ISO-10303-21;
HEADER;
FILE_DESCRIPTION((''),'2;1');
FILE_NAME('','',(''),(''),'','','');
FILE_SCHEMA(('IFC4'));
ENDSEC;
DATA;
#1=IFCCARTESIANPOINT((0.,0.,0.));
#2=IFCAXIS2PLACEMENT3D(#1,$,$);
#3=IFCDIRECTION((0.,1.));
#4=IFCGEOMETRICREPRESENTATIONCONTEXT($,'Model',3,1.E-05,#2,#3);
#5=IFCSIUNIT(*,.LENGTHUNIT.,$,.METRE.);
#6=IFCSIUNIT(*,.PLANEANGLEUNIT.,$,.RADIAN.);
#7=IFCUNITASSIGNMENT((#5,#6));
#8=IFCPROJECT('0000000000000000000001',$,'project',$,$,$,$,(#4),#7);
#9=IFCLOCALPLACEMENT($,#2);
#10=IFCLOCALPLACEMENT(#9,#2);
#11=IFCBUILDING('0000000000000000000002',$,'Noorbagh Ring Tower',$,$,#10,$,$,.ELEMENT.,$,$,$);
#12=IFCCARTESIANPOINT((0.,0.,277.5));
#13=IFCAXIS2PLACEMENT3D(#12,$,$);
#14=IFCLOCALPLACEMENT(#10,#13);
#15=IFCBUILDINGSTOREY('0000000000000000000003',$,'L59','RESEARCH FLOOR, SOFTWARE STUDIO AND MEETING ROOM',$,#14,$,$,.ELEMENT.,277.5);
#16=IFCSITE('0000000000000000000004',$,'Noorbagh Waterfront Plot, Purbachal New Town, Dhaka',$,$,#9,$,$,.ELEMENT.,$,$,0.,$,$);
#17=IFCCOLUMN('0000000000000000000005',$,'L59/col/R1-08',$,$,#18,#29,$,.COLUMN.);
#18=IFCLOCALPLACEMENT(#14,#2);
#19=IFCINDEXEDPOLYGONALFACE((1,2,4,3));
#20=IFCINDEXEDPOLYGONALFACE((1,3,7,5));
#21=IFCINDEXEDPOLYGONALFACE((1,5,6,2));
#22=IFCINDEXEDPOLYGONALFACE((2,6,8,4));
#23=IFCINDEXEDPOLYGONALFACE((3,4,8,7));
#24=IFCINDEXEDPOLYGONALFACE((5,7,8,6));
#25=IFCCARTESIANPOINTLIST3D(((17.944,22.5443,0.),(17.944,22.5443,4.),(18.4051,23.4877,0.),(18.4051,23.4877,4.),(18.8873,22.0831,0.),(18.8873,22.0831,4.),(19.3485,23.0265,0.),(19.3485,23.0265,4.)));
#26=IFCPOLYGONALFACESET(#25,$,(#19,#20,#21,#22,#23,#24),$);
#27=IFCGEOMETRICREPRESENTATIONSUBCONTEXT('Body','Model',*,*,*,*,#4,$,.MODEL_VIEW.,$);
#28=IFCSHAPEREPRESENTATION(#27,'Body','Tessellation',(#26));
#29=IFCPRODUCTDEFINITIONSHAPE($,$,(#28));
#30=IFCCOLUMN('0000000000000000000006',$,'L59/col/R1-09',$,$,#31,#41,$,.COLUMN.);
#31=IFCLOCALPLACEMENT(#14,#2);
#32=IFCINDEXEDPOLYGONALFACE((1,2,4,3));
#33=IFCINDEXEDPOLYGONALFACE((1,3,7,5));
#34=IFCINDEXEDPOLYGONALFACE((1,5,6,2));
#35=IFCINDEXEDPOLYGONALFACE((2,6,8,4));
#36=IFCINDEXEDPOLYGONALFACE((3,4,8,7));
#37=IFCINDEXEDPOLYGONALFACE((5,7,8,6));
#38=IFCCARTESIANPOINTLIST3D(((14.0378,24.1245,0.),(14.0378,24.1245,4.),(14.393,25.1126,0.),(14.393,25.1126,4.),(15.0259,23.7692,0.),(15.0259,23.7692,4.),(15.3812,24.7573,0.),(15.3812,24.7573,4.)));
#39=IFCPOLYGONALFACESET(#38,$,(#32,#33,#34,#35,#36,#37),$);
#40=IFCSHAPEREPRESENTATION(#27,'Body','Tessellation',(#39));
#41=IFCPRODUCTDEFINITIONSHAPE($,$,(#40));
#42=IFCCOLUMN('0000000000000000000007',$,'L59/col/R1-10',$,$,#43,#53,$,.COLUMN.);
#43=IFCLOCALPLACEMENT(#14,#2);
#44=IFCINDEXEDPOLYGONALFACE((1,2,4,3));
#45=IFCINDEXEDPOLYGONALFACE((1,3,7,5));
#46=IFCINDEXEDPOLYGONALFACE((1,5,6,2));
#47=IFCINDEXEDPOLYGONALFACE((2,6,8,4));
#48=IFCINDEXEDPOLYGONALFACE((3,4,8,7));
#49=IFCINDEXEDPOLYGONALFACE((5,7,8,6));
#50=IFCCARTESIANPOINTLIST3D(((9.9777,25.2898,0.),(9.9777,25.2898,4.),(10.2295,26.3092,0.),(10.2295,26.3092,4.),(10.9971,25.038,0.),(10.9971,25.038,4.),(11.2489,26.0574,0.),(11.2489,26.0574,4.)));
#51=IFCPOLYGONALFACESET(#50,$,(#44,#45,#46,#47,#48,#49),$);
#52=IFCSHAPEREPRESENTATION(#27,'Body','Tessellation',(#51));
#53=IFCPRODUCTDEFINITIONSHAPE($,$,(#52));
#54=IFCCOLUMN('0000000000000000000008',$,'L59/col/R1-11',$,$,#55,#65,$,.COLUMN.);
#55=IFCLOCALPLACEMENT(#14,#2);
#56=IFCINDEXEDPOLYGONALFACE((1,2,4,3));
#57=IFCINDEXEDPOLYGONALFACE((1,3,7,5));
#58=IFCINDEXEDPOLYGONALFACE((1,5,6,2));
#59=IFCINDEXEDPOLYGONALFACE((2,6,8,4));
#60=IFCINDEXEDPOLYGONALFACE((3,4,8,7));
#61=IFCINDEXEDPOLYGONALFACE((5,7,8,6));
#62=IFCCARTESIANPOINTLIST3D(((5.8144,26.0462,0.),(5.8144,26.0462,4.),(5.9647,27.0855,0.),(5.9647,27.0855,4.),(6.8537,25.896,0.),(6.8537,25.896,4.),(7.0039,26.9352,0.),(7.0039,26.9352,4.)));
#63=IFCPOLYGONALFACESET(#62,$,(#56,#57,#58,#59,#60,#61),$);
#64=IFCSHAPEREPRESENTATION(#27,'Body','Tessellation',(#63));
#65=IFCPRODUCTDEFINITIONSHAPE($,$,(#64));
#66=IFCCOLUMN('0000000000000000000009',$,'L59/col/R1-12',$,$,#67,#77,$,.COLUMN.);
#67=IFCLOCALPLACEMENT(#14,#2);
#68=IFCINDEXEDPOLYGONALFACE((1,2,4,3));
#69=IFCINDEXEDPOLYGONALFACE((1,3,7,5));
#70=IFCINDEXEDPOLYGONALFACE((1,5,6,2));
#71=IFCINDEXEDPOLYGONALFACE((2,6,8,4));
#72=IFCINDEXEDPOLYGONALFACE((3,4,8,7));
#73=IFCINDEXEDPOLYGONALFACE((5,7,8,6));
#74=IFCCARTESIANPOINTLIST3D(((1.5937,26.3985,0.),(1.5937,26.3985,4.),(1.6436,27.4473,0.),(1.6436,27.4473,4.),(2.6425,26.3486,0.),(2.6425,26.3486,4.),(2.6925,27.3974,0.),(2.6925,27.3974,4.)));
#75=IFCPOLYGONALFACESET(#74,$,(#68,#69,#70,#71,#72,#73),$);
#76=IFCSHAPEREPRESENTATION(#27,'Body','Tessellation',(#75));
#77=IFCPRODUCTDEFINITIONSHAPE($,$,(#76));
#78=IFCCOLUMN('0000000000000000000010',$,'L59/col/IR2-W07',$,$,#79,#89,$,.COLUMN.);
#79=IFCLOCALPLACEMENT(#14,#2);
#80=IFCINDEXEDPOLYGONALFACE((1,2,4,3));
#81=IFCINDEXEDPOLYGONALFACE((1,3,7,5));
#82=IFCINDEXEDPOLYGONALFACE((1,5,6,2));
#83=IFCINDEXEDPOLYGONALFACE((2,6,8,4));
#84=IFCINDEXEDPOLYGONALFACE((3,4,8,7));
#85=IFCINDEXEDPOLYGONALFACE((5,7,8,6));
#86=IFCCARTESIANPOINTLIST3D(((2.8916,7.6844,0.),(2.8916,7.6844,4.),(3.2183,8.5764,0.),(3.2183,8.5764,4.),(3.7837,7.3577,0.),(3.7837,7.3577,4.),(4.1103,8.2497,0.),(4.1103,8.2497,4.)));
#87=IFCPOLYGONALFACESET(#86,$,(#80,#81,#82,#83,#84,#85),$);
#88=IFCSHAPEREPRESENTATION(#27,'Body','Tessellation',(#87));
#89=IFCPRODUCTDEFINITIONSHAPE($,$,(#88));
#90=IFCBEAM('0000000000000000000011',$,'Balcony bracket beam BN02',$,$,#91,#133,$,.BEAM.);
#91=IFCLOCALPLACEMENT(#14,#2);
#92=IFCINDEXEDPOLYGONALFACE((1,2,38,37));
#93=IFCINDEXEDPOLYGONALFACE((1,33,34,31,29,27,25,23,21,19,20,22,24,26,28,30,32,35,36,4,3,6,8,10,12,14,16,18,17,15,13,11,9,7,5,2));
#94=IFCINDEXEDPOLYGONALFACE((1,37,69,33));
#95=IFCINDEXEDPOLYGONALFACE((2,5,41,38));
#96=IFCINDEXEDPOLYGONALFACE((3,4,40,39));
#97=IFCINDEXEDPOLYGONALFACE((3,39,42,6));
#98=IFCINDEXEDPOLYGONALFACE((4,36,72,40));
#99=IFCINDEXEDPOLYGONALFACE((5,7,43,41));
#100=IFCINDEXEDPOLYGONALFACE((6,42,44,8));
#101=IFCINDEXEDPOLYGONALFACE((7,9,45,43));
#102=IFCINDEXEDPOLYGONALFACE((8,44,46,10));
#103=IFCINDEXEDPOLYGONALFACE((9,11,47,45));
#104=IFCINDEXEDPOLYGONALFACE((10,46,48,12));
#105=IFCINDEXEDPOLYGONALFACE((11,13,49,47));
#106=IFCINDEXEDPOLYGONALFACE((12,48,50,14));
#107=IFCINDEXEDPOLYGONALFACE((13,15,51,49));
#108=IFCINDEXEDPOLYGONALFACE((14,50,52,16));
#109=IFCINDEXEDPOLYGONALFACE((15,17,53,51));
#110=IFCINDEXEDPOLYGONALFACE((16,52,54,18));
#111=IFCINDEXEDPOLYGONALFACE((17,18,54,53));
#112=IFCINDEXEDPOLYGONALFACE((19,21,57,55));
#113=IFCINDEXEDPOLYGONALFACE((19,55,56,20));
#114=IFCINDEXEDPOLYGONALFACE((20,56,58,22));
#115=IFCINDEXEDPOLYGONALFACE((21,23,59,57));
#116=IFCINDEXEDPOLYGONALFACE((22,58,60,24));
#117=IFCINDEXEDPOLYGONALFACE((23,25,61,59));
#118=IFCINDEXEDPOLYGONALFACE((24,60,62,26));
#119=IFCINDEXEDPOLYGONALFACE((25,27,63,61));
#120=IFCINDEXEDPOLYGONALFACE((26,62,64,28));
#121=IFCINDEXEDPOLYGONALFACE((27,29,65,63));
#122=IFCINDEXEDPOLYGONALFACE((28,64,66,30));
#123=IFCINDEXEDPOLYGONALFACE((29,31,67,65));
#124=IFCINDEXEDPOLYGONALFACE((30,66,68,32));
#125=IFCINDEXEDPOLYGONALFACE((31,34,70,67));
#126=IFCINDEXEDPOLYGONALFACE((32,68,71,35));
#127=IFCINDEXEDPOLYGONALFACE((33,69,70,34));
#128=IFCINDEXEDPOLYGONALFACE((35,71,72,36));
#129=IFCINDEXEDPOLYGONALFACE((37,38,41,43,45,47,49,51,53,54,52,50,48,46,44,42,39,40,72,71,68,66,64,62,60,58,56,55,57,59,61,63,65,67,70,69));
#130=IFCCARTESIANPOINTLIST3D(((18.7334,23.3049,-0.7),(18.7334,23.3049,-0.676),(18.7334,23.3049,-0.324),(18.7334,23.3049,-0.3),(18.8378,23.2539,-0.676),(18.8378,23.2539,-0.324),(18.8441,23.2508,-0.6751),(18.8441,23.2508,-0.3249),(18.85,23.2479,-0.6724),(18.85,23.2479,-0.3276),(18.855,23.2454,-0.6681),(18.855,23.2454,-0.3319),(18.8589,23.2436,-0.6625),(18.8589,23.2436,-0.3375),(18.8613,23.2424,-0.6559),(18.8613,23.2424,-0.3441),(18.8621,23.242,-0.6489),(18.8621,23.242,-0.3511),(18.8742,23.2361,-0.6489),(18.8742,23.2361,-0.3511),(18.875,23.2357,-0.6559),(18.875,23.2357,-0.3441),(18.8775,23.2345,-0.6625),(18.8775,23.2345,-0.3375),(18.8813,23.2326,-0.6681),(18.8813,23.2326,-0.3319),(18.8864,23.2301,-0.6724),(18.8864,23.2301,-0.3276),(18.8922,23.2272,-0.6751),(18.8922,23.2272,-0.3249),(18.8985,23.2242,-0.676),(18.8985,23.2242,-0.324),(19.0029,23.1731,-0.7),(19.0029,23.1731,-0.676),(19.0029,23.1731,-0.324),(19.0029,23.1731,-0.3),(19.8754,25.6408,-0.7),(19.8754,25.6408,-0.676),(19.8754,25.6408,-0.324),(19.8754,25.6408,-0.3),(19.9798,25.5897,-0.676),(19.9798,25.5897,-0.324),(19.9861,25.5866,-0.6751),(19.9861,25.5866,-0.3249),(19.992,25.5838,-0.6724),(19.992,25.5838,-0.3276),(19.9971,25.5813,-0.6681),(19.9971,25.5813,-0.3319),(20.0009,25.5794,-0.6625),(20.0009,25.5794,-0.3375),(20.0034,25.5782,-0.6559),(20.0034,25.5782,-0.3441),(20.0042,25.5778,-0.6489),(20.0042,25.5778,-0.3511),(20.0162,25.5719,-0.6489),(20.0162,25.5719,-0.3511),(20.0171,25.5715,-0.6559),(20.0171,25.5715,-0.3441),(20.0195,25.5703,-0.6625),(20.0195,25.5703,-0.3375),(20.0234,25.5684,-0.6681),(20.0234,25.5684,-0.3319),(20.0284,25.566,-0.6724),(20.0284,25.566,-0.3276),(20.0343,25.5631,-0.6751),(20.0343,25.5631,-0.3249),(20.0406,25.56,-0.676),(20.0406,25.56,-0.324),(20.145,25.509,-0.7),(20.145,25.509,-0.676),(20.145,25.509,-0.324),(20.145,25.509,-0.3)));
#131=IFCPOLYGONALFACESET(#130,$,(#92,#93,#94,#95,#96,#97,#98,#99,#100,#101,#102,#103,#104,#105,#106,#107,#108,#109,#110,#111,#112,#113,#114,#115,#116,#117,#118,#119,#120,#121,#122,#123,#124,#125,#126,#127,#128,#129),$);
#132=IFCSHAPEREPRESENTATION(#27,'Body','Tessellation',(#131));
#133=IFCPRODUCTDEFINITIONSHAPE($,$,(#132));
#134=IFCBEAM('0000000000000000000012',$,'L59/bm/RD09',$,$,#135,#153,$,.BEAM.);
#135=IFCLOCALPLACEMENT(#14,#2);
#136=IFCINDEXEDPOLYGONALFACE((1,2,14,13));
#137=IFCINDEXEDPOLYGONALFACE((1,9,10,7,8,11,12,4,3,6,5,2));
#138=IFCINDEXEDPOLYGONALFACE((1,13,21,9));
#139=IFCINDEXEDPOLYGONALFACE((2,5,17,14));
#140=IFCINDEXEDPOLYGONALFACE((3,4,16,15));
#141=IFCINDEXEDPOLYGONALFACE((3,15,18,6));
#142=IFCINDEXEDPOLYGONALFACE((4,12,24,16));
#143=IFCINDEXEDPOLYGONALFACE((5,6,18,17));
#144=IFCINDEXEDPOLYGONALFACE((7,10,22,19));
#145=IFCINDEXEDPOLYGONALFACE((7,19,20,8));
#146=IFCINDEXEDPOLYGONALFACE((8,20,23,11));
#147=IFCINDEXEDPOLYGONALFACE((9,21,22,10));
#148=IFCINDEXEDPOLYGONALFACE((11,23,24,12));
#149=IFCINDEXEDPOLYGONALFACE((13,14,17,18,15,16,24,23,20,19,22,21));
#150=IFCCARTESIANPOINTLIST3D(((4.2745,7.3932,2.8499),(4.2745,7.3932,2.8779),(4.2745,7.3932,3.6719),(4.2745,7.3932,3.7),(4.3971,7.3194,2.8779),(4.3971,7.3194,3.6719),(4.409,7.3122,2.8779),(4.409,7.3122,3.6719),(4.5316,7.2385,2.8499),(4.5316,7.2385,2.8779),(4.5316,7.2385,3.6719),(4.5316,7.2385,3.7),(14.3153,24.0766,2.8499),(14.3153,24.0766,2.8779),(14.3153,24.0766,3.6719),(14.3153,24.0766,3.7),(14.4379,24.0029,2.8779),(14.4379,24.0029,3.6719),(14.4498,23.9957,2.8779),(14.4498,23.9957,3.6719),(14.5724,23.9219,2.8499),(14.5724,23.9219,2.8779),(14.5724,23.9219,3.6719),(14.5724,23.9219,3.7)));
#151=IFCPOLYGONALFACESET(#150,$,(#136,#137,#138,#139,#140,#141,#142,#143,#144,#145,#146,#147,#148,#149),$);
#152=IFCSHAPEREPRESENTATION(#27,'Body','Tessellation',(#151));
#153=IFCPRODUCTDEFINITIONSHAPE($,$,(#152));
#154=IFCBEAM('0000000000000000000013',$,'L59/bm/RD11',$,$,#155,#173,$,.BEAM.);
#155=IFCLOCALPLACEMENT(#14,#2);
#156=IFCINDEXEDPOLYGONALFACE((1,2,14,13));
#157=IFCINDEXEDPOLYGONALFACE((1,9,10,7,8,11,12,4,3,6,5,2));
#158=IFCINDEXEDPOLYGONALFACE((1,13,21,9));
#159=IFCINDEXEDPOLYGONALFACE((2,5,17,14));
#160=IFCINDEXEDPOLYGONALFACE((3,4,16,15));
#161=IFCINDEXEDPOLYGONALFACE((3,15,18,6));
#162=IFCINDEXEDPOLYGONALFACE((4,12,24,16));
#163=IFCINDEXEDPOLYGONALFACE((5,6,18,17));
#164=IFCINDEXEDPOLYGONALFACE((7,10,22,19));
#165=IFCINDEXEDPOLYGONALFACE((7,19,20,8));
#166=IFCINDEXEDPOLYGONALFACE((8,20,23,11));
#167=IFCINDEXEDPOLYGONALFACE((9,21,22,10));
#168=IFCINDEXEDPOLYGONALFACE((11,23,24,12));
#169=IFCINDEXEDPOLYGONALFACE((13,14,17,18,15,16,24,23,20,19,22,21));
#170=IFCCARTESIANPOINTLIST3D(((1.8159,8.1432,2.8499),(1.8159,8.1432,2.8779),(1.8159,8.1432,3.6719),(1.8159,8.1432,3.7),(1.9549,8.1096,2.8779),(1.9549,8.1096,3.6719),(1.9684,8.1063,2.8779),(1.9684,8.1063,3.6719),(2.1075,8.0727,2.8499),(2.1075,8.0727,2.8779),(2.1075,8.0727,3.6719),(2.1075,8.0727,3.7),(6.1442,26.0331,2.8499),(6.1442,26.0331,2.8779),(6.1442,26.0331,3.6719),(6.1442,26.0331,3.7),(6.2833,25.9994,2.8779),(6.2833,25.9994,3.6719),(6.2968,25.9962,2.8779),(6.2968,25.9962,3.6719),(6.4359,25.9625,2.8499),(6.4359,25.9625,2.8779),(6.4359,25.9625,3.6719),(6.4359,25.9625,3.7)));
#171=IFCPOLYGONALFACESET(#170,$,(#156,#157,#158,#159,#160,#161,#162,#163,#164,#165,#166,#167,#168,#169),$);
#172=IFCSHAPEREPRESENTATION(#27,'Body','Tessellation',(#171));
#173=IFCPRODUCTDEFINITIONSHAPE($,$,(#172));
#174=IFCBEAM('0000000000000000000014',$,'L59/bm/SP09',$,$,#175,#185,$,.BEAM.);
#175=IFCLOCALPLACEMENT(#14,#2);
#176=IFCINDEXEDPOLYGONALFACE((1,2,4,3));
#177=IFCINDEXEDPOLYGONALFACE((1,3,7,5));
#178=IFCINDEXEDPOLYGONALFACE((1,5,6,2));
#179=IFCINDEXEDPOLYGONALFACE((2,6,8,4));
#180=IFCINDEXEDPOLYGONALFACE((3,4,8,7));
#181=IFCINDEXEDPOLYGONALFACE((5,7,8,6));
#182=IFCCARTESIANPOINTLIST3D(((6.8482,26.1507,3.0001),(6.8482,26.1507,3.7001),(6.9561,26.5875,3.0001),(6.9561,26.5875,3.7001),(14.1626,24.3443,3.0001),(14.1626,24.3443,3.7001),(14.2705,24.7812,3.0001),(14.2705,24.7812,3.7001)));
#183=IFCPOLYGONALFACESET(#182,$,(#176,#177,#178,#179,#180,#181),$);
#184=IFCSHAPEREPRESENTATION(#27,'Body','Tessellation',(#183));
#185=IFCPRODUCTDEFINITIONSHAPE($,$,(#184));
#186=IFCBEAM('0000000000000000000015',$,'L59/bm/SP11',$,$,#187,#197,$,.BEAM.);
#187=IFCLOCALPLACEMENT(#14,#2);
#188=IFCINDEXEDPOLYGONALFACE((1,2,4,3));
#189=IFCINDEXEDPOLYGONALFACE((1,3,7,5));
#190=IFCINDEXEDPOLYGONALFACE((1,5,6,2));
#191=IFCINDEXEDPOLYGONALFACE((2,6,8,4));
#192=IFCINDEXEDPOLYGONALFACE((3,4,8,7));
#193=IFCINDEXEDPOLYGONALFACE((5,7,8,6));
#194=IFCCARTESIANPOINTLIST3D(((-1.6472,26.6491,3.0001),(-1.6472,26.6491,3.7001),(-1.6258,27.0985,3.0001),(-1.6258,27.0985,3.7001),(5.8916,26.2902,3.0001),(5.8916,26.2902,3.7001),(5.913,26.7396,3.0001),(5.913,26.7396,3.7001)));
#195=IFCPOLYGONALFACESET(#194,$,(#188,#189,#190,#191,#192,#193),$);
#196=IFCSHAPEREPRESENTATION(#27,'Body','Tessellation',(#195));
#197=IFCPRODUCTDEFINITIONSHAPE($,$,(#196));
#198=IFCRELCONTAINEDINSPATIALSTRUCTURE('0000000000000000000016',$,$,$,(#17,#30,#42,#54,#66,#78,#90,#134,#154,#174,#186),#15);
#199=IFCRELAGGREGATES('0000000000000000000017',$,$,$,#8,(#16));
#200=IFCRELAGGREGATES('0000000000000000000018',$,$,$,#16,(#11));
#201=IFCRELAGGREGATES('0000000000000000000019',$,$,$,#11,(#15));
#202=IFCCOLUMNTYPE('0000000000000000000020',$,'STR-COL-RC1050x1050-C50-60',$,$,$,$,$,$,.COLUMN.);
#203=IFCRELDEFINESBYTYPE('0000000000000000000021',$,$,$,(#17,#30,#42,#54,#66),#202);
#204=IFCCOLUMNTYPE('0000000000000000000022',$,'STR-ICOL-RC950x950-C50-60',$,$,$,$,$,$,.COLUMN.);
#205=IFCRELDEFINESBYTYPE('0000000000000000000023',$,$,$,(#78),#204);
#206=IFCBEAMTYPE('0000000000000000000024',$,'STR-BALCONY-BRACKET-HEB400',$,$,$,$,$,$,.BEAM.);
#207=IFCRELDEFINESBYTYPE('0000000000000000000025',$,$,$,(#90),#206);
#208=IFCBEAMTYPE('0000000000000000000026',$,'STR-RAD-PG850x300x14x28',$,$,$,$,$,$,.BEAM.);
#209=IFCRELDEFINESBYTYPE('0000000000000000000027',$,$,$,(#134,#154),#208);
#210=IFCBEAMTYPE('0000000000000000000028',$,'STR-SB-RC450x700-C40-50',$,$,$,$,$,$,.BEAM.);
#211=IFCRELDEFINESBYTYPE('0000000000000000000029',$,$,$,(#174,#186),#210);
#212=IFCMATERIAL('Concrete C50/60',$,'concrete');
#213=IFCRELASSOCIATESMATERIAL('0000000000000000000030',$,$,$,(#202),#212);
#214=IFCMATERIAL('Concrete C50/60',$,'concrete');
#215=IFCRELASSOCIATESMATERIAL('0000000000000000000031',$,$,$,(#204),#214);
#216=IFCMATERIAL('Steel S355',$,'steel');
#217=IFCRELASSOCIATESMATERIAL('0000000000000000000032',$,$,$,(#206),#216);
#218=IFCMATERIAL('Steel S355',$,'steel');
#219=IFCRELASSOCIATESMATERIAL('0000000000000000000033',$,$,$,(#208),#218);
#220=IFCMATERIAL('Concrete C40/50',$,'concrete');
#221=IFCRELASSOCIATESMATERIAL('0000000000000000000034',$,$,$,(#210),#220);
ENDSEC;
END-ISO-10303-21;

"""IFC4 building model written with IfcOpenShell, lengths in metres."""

from ifc_helpers import new_model, si_unit, direction, frame, origin, origin_2d, place, context, subcontext, project, spatial, rectangle, i_section, extrude, material, material_profile, profile_set, type_object, element, save


model = new_model("IFC4")

# Units and contexts
model_context = context("Model", 3, precision=1e-05, world=origin(), true_north=direction((0.0, 1.0)))
body_context = subcontext(model_context, "Body", "Model", "MODEL_VIEW")
ifc_project = project(units=[si_unit("LENGTHUNIT", "METRE"), si_unit("PLANEANGLEUNIT", "RADIAN")], contexts=[model_context])

# Site, building, storey
site_placement = place(None, origin())
site = spatial("IfcSite", under=ifc_project, at=site_placement, Name="Noorbagh Waterfront Plot, Purbachal New Town, Dhaka", CompositionType="ELEMENT", RefElevation=0.0)
building_placement = place(site_placement, origin())
building = spatial("IfcBuilding", under=site, at=building_placement, Name="Noorbagh Ring Tower", CompositionType="ELEMENT")
storey_placement = place(building_placement, frame((0.0, 0.0, 277.5)))
storey = spatial("IfcBuildingStorey", under=building, at=storey_placement, Name="L59", Description="RESEARCH FLOOR, SOFTWARE STUDIO AND MEETING ROOM", CompositionType="ELEMENT", Elevation=277.5)

# Columns
ifc_material_1 = material(Name="Concrete C50/60", Category="concrete")
ifc_material_profile_1 = material_profile(ifc_material_1, rectangle(XDim=1.05, YDim=1.05, at=origin_2d()), Name="RC1050x1050")
ifc_profile_set_1 = profile_set([ifc_material_profile_1], Name="Concrete C50/60")
column_type_1 = type_object("IfcColumnType", Name="STR-COL-RC1050x1050-C50-60", PredefinedType="COLUMN", material=ifc_profile_set_1)
for number, where, z_axis, x_axis, name in (
    (1, (18.6462, 22.7854, 0.0), (0.0, 0.0, 1.0), (-0.898399, 0.43918, 0.0), "L59/col/R1-08"),
    (2, (14.7095, 24.4409, 0.0), (0.0, 0.0, 1.0), (-0.941025, 0.338338, 0.0), "L59/col/R1-09"),
    (3, (10.6133, 25.6736, 0.0), (0.0, 0.0, 1.0), (-0.970829, 0.239771, 0.0), "L59/col/R1-10"),
    (4, (6.4092, 26.4907, 0.0), (0.0, 0.0, 1.0), (-0.989713, 0.143066, 0.0), "L59/col/R1-11"),
    (5, (2.1431, 26.8979, 0.0), (0.0, 0.0, 1.0), (-0.998869, 0.047553, 0.0), "L59/col/R1-12"),
):
    element("IfcColumn", number, at=place(storey_placement, frame(where, z_axis=z_axis, x_axis=x_axis)), inside=storey, type_object=column_type_1, Name=name, PredefinedType="COLUMN", context=body_context, shape_type="SweptSolid", body=[
        extrude(rectangle(XDim=1.05, YDim=1.05, at=origin_2d()), origin(), (0.0, 0.0, 1.0), 4.0),
    ])
ifc_material_2 = material(Name="Concrete C50/60", Category="concrete")
ifc_material_profile_2 = material_profile(ifc_material_2, rectangle(XDim=0.95, YDim=0.95, at=origin_2d()), Name="RC950x950")
ifc_profile_set_2 = profile_set([ifc_material_profile_2], Name="Concrete C50/60")
column_type_2 = type_object("IfcColumnType", Name="STR-ICOL-RC950x950-C50-60", PredefinedType="COLUMN", material=ifc_profile_set_2)
column_placement = place(storey_placement, frame((3.501, 7.967, 0.0), z_axis=(0.0, 0.0, 1.0), x_axis=(-0.93902, 0.343864, 0.0)))
element("IfcColumn", 6, at=column_placement, inside=storey, type_object=column_type_2, Name="L59/col/IR2-W07", PredefinedType="COLUMN", context=body_context, shape_type="SweptSolid", body=[
    extrude(rectangle(XDim=0.95, YDim=0.95, at=origin_2d()), origin(), (0.0, 0.0, 1.0), 4.0),
])

# Beams
ifc_material_3 = material(Name="Steel S355", Category="steel")
ifc_material_profile_3 = material_profile(ifc_material_3, i_section(OverallWidth=0.3, OverallDepth=0.3999, WebThickness=0.0134, FlangeThickness=0.0239, FilletRadius=0.0271, at=origin_2d()), Name="HEB400")
ifc_profile_set_3 = profile_set([ifc_material_profile_3], Name="Steel S355")
beam_type_1 = type_object("IfcBeamType", Name="STR-BALCONY-BRACKET-HEB400", PredefinedType="BEAM", material=ifc_profile_set_3)
beam_1_placement = place(storey_placement, frame((18.8682, 23.239, -0.5), z_axis=(0.439234, 0.898373, 0.0), x_axis=(-0.898373, 0.439234, 0.0)))
element("IfcBeam", 7, at=beam_1_placement, inside=storey, type_object=beam_type_1, Name="Balcony bracket beam BN02", PredefinedType="BEAM", context=body_context, shape_type="SweptSolid", body=[
    extrude(i_section(OverallWidth=0.3, OverallDepth=0.3999, WebThickness=0.0134, FlangeThickness=0.0239, FilletRadius=0.0271, at=origin_2d()), origin(), (0.0, 0.0, 1.0), 2.6001),
])
ifc_material_4 = material(Name="Steel S355", Category="steel")
ifc_material_profile_4 = material_profile(ifc_material_4, i_section(OverallWidth=0.3, OverallDepth=0.8501, WebThickness=0.0139, FlangeThickness=0.0281, at=origin_2d()), Name="PG850x300x14x28")
ifc_profile_set_4 = profile_set([ifc_material_profile_4], Name="Steel S355")
beam_type_2 = type_object("IfcBeamType", Name="STR-RAD-PG850x300x14x28", PredefinedType="BEAM", material=ifc_profile_set_4)
beam_2_placement = place(storey_placement, frame((14.4438, 23.9993, 3.2749), z_axis=(-0.515657, -0.856795, 0.0), x_axis=(0.856795, -0.515657, 0.0)))
element("IfcBeam", 8, at=beam_2_placement, inside=storey, type_object=beam_type_2, Name="L59/bm/RD09", PredefinedType="BEAM", context=body_context, shape_type="SweptSolid", body=[
    extrude(i_section(OverallWidth=0.3, OverallDepth=0.8501, WebThickness=0.0139, FlangeThickness=0.0281, at=origin_2d()), origin(), (0.0, 0.0, 1.0), 19.4719),
])
beam_3_placement = place(storey_placement, frame((6.29, 25.9978, 3.2749), z_axis=(-0.23516, -0.971957, 0.0), x_axis=(0.971957, -0.23516, 0.0)))
element("IfcBeam", 9, at=beam_3_placement, inside=storey, type_object=beam_type_2, Name="L59/bm/RD11", PredefinedType="BEAM", context=body_context, shape_type="SweptSolid", body=[
    extrude(i_section(OverallWidth=0.3, OverallDepth=0.8501, WebThickness=0.0139, FlangeThickness=0.0281, at=origin_2d()), origin(), (0.0, 0.0, 1.0), 18.406),
])
ifc_material_5 = material(Name="Concrete C40/50", Category="concrete")
ifc_material_profile_5 = material_profile(ifc_material_5, rectangle(XDim=0.45, YDim=0.7, at=origin_2d()), Name="RC450x700")
ifc_profile_set_5 = profile_set([ifc_material_profile_5], Name="Concrete C40/50")
beam_type_3 = type_object("IfcBeamType", Name="STR-SB-RC450x700-C40-50", PredefinedType="BEAM", material=ifc_profile_set_5)
beam_4_placement = place(storey_placement, frame((14.2166, 24.5627, 3.3501), z_axis=(-0.970832, 0.239759, 0.0), x_axis=(-0.239759, -0.970832, 0.0)))
element("IfcBeam", 10, at=beam_4_placement, inside=storey, type_object=beam_type_3, Name="L59/bm/SP09", PredefinedType="BEAM", context=body_context, shape_type="SweptSolid", body=[
    extrude(rectangle(XDim=0.45, YDim=0.7, at=origin_2d()), origin(), (0.0, 0.0, 1.0), 7.5342),
])
beam_5_placement = place(storey_placement, frame((5.9023, 26.5149, 3.3501), z_axis=(-0.998869, 0.047551, 0.0), x_axis=(-0.047551, -0.998869, 0.0)))
element("IfcBeam", 11, at=beam_5_placement, inside=storey, type_object=beam_type_3, Name="L59/bm/SP11", PredefinedType="BEAM", context=body_context, shape_type="SweptSolid", body=[
    extrude(rectangle(XDim=0.45, YDim=0.7, at=origin_2d()), origin(), (0.0, 0.0, 1.0), 7.5474),
])

save(model, "model.ifc")
